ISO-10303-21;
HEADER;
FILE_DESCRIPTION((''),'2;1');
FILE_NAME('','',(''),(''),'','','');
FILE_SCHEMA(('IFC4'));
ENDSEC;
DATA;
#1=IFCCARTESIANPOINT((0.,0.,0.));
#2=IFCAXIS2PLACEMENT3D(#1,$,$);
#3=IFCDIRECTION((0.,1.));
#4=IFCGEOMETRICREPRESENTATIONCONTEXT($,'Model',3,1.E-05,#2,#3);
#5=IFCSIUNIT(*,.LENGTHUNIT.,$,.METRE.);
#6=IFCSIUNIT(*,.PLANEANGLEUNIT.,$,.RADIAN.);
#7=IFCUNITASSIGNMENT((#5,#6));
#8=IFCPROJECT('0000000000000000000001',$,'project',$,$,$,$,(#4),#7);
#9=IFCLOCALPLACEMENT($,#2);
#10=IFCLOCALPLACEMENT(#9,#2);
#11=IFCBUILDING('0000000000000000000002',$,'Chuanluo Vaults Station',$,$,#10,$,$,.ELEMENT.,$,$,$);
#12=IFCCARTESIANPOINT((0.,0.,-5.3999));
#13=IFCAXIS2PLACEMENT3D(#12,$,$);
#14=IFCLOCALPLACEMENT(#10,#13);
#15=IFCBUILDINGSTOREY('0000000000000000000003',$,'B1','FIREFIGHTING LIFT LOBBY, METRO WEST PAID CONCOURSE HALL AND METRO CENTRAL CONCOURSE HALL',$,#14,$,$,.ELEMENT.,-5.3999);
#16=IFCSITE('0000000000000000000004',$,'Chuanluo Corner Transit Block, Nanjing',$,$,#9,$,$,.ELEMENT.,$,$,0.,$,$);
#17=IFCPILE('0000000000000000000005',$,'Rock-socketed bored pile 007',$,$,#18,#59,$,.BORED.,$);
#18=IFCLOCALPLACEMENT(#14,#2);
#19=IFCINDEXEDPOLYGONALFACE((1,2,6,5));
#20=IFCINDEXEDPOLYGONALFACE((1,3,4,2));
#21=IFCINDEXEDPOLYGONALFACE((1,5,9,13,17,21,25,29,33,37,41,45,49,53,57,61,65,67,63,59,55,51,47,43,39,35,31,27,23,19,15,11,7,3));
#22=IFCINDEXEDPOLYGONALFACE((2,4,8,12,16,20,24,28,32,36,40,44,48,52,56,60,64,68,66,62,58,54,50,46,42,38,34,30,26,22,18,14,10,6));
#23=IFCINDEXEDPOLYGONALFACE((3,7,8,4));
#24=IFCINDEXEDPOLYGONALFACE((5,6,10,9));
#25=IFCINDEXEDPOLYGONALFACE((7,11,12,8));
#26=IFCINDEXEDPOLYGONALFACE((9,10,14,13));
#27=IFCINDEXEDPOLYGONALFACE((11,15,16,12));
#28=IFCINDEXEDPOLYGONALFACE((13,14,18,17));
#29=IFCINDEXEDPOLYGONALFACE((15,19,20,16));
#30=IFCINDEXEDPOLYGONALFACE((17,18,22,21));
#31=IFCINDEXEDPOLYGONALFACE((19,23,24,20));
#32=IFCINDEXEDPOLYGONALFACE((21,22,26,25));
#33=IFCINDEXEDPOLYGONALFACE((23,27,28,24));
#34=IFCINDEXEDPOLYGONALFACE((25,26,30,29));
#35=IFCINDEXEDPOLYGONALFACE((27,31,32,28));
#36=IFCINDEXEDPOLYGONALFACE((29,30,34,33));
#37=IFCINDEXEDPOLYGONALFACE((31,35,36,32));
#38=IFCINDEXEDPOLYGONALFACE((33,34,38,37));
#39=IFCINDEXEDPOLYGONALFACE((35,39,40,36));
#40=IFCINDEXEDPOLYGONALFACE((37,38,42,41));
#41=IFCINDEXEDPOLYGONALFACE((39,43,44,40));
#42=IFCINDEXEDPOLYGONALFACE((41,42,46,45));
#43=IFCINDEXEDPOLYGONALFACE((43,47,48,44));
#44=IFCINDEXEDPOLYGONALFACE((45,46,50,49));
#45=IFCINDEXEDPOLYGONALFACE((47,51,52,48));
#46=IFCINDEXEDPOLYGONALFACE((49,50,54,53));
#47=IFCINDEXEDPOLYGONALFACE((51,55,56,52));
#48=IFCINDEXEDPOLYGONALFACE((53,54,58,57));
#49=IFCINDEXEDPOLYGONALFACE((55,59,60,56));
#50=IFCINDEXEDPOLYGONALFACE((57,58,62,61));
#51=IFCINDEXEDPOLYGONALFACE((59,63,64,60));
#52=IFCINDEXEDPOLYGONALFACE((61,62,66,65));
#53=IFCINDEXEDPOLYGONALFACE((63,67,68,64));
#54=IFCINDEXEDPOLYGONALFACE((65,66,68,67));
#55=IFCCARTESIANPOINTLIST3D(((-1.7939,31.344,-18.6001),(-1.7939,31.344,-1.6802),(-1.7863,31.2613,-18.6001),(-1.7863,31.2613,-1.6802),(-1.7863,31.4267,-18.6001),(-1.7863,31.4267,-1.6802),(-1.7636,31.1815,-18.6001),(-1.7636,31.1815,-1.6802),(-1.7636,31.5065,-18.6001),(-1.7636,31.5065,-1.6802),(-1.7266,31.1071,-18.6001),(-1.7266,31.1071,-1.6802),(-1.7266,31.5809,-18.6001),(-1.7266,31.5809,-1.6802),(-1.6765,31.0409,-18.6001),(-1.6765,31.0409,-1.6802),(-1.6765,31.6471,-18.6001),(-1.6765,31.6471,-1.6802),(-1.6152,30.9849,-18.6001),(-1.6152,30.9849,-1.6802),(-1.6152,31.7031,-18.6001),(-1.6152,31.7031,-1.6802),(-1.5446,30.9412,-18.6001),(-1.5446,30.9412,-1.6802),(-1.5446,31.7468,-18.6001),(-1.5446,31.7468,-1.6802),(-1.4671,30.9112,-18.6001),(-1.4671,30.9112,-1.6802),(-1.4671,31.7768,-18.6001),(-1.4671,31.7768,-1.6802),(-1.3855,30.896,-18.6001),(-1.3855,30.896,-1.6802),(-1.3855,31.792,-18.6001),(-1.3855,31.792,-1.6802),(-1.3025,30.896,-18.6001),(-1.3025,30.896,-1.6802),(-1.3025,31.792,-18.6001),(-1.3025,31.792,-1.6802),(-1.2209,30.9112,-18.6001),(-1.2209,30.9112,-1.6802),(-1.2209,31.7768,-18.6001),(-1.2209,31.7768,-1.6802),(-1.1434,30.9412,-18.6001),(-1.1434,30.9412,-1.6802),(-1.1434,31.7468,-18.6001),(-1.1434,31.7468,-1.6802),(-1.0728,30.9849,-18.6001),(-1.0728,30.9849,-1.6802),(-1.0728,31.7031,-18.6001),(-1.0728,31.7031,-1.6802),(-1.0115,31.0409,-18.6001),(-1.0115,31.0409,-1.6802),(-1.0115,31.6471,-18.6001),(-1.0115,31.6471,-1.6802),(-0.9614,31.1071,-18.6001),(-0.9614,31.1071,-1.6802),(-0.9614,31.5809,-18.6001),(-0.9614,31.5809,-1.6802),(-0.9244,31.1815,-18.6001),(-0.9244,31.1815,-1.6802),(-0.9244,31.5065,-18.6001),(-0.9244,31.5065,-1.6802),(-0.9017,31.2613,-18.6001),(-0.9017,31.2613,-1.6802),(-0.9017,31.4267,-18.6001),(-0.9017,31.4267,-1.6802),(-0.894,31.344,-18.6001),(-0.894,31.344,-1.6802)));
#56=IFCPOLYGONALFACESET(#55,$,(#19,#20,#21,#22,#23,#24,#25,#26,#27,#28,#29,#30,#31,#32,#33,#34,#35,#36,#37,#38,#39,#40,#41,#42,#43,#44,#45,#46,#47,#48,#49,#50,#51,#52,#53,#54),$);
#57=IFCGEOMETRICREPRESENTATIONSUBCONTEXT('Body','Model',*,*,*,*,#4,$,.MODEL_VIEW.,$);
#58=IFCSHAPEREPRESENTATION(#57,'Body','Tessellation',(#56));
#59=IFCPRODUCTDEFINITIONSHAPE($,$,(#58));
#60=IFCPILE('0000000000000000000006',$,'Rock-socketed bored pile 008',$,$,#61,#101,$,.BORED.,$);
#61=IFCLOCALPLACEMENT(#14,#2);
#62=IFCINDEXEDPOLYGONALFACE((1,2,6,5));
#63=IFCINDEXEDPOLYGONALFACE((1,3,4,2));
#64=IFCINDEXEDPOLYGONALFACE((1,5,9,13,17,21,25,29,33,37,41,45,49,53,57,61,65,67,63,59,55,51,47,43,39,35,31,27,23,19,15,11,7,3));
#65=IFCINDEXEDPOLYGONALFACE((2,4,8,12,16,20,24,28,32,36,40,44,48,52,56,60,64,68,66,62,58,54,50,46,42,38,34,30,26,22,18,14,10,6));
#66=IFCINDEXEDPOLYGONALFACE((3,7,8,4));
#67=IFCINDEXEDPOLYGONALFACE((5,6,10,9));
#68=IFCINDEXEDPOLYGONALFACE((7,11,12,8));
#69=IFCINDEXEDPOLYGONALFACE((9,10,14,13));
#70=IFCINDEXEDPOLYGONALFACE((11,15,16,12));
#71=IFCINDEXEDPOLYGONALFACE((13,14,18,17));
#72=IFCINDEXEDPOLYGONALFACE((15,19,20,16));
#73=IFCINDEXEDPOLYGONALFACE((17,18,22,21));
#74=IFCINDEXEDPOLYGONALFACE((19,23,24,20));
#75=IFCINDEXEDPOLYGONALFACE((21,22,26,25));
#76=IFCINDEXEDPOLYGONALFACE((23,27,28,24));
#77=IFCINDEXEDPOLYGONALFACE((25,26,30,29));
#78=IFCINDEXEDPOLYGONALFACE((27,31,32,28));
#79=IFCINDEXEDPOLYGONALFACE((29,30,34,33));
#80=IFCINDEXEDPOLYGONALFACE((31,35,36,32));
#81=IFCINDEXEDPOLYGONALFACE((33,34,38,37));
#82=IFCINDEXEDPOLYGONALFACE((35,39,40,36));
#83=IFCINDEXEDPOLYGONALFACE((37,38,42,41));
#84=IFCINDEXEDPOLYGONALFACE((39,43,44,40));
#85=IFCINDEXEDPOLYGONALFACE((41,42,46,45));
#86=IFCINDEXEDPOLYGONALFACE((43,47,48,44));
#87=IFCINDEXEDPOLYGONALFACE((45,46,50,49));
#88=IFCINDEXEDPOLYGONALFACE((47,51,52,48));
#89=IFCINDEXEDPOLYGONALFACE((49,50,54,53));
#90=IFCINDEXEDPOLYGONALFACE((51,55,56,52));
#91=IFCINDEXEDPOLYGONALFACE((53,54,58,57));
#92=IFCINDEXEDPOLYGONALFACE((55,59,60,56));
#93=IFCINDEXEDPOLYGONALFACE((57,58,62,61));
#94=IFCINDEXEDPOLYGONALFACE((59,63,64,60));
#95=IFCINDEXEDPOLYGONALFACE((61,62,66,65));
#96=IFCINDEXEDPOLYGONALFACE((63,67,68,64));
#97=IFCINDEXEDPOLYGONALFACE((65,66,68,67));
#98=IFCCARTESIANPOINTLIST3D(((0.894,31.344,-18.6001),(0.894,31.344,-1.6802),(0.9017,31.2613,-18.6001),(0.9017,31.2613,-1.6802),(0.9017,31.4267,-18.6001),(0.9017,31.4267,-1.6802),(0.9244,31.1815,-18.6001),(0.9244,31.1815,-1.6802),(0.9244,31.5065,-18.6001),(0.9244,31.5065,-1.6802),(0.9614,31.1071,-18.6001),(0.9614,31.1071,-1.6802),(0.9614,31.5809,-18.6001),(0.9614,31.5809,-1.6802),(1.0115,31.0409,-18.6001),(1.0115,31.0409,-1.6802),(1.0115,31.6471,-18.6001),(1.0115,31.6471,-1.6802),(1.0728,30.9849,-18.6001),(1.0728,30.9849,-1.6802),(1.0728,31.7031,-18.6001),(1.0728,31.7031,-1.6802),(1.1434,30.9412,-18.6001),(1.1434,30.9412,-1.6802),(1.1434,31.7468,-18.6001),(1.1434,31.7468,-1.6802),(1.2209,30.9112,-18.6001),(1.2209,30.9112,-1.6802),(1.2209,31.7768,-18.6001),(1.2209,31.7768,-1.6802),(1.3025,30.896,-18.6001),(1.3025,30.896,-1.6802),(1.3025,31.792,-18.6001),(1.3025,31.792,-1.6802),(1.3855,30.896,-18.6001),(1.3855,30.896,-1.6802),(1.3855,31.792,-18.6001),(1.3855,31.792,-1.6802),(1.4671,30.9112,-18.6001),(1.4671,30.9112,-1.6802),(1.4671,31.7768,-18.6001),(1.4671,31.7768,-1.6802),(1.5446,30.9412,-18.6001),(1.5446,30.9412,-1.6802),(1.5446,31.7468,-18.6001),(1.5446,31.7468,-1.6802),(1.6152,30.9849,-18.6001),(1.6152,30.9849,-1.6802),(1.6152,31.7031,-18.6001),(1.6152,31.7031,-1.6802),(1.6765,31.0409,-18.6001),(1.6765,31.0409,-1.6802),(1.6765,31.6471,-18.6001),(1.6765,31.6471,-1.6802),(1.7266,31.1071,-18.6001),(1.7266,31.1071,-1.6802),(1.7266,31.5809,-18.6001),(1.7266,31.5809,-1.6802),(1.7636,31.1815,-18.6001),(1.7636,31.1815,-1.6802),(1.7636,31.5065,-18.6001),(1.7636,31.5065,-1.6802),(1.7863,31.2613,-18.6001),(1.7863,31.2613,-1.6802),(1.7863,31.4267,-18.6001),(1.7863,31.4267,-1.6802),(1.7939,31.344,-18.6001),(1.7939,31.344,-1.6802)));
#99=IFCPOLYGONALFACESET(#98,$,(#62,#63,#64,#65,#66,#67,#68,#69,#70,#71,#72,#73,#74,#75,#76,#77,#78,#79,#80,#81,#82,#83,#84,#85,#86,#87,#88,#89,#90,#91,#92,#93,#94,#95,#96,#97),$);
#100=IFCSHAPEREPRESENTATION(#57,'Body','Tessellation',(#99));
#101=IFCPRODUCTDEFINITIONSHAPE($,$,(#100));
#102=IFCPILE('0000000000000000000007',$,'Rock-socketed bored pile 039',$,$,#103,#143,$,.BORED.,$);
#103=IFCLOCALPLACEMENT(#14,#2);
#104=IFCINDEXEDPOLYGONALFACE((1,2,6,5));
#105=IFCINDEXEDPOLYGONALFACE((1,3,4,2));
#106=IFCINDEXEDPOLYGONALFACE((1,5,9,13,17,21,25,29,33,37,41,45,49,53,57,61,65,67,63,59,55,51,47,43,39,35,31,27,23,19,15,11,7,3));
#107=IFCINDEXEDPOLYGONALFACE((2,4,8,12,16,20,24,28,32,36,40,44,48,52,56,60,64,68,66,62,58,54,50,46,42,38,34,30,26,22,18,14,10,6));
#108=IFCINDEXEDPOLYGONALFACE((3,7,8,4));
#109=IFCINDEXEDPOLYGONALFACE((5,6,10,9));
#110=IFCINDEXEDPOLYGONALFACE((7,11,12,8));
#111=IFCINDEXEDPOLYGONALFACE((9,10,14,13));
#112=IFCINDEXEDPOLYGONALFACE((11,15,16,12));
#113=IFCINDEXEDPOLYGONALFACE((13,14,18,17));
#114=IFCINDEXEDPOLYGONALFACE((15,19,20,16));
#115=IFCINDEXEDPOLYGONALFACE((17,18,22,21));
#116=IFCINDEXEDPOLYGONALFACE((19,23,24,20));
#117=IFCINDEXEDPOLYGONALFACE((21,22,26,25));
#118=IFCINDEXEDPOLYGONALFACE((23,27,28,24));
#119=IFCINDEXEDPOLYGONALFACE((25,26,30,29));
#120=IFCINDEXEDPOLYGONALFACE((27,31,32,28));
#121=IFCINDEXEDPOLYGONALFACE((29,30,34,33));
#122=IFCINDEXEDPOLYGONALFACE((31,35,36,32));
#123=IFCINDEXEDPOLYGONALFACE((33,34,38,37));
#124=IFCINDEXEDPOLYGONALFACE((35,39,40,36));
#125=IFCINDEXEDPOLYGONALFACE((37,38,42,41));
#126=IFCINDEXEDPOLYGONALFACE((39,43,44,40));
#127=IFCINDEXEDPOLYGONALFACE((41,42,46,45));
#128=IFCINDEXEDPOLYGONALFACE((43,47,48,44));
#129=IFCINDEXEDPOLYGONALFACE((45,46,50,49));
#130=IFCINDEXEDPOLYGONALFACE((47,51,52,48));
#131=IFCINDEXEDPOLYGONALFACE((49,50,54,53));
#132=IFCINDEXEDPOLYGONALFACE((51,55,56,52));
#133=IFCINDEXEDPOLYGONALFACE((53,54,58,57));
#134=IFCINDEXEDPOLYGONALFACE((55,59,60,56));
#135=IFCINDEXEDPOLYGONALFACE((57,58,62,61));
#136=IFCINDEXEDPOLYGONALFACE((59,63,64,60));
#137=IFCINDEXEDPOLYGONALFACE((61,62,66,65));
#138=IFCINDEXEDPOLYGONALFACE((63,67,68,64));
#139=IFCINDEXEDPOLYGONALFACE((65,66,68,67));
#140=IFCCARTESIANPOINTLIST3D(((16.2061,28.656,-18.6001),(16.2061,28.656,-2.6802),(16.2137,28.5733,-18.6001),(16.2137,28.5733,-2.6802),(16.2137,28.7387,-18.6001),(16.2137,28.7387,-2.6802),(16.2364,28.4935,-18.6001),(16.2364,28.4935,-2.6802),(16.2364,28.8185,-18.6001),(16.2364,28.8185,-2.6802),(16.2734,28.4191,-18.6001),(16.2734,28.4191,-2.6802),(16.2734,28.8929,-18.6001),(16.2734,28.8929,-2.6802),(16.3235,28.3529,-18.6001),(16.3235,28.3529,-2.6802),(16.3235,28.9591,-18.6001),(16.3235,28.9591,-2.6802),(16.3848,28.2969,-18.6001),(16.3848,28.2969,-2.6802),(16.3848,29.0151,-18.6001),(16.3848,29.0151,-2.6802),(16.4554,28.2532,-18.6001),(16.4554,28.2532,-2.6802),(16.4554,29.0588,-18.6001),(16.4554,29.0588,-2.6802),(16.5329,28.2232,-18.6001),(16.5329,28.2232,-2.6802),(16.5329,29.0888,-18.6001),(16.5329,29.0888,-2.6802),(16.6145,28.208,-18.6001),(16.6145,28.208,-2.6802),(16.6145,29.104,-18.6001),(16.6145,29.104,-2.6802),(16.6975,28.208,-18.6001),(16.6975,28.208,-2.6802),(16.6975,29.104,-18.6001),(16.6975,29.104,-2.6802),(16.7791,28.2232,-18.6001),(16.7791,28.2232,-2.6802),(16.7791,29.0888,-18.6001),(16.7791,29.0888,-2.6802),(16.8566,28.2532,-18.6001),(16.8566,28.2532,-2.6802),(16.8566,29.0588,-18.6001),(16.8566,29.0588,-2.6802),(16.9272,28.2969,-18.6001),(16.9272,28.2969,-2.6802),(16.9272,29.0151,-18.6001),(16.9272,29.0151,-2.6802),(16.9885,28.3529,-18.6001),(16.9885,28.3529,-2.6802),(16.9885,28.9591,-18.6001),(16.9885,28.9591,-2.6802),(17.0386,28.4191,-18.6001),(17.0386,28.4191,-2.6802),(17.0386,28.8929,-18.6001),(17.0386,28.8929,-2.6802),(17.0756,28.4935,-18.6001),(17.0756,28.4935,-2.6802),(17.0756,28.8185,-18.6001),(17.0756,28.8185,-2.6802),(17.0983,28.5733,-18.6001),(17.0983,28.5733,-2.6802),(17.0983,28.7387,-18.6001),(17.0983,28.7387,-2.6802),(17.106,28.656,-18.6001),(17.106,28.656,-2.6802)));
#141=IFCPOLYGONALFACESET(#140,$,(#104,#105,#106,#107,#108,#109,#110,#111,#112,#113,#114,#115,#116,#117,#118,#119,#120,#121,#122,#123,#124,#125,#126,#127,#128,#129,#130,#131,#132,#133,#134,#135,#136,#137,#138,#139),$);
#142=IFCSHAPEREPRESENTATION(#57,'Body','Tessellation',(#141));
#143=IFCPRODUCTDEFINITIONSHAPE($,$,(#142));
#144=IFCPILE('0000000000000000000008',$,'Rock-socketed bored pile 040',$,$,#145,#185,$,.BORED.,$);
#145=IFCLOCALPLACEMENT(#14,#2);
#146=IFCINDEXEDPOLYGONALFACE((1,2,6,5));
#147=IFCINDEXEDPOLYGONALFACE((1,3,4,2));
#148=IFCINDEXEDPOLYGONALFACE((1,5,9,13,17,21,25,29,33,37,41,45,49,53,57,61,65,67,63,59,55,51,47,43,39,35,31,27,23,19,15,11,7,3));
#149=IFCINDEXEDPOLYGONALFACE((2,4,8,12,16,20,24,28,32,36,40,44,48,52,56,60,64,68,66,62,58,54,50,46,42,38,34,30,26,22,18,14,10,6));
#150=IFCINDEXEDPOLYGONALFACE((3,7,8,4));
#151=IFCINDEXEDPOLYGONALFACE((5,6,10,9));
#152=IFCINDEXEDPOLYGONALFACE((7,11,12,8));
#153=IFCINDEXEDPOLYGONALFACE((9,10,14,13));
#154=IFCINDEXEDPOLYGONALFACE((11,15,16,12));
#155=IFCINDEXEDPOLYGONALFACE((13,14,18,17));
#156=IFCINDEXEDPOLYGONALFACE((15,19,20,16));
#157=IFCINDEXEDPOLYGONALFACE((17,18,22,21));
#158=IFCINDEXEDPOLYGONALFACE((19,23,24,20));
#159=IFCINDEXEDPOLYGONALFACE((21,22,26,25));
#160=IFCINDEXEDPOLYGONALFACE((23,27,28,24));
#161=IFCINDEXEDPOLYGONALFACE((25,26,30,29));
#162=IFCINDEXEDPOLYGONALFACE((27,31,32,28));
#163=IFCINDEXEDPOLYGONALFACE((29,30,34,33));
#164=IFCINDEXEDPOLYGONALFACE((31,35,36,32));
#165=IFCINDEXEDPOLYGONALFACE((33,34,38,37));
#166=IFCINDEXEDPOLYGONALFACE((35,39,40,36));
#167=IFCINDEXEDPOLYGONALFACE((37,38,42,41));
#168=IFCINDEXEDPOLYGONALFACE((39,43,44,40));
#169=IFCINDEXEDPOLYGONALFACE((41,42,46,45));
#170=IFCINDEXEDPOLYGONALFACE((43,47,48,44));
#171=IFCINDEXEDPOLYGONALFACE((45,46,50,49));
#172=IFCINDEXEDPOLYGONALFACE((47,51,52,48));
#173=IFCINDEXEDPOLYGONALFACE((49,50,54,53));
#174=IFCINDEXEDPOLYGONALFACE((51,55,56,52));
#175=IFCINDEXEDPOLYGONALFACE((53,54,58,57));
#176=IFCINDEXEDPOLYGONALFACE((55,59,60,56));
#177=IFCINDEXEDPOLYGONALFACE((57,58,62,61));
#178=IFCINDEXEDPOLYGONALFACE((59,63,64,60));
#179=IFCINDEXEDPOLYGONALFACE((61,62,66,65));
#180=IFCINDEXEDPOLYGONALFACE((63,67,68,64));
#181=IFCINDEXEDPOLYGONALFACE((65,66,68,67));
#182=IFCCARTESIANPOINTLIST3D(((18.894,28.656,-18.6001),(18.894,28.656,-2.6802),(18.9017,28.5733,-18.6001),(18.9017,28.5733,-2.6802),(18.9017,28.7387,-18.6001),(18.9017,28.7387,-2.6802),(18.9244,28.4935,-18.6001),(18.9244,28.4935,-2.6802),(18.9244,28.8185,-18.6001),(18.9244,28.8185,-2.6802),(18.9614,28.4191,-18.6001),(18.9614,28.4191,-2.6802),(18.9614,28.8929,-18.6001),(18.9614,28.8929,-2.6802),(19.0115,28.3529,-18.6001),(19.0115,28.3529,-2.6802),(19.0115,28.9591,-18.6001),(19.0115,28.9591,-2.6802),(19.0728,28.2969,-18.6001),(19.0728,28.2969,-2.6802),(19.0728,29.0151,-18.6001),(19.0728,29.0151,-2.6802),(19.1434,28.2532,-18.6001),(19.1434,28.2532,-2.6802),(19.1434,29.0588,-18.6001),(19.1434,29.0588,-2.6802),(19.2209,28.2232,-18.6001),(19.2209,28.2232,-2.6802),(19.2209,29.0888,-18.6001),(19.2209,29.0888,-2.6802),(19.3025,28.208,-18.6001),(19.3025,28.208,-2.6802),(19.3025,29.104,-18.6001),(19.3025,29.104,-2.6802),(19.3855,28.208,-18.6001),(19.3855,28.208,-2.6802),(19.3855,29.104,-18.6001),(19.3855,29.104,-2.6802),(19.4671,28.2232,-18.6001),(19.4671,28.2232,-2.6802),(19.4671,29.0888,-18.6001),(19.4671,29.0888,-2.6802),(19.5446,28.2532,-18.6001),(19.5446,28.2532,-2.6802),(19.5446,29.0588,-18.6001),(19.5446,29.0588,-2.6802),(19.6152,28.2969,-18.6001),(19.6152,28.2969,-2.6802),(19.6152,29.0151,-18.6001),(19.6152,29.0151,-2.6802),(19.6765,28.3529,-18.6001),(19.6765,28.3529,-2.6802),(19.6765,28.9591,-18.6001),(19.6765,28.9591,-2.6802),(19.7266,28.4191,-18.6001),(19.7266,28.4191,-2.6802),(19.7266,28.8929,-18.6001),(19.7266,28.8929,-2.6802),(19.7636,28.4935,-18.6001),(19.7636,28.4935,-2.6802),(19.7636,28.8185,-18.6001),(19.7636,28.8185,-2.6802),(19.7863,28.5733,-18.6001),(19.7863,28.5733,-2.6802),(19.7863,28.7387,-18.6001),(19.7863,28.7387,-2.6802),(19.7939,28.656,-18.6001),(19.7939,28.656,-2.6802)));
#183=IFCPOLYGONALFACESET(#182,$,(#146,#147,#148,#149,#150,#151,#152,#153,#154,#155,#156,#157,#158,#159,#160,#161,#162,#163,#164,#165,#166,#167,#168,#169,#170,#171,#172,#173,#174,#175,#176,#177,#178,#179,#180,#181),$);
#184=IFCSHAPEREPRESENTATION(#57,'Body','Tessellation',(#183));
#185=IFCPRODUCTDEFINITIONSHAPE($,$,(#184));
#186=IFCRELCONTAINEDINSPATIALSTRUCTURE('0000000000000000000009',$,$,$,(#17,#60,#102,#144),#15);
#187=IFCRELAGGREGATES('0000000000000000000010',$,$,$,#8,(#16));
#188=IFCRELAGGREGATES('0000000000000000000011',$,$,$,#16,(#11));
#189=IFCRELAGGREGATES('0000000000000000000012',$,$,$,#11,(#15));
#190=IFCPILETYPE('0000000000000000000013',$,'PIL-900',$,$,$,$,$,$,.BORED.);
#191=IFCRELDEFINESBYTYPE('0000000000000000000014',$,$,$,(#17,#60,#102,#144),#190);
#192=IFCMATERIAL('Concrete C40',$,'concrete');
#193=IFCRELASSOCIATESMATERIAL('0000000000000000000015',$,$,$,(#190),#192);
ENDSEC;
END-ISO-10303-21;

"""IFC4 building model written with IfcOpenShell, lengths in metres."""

from ifc_helpers import new_model, si_unit, direction, frame, origin, origin_2d, place, context, subcontext, project, spatial, circle, extrude, material, material_profile, profile_set, type_object, element, save


model = new_model("IFC4")

# Units and contexts
model_context = context("Model", 3, precision=1e-05, world=origin(), true_north=direction((0.0, 1.0)))
body_context = subcontext(model_context, "Body", "Model", "MODEL_VIEW")
ifc_project = project(units=[si_unit("LENGTHUNIT", "METRE"), si_unit("PLANEANGLEUNIT", "RADIAN")], contexts=[model_context])

# Site, building, storey
site_placement = place(None, origin())
site = spatial("IfcSite", under=ifc_project, at=site_placement, Name="Chuanluo Corner Transit Block, Nanjing", CompositionType="ELEMENT", RefElevation=0.0)
building_placement = place(site_placement, origin())
building = spatial("IfcBuilding", under=site, at=building_placement, Name="Chuanluo Vaults Station", CompositionType="ELEMENT")
storey_placement = place(building_placement, frame((0.0, 0.0, -5.3999)))
storey = spatial("IfcBuildingStorey", under=building, at=storey_placement, Name="B1", Description="FIREFIGHTING LIFT LOBBY, METRO WEST PAID CONCOURSE HALL AND METRO CENTRAL CONCOURSE HALL", CompositionType="ELEMENT", Elevation=-5.3999)

# Piles
ifc_material_1 = material(Name="Concrete C40", Category="concrete")
ifc_material_profile_1 = material_profile(ifc_material_1, circle(Radius=0.45, at=origin_2d()))
ifc_profile_set_1 = profile_set([ifc_material_profile_1], Name="Concrete C40")
pile_type_1 = type_object("IfcPileType", Name="PIL-900", PredefinedType="BORED", material=ifc_profile_set_1)
for number, where, z_axis, x_axis, name in (
    (1, (-1.344, 31.344, -1.6802), (0.0, 0.0, -1.0), (1.0, 0.0, 0.0), "Rock-socketed bored pile 007"),
    (2, (1.344, 31.344, -1.6802), (0.0, 0.0, -1.0), (1.0, 0.0, 0.0), "Rock-socketed bored pile 008"),
):
    element("IfcPile", number, at=place(storey_placement, frame(where, z_axis=z_axis, x_axis=x_axis)), inside=storey, type_object=pile_type_1, Name=name, PredefinedType="BORED", context=body_context, shape_type="SweptSolid", body=[
        extrude(circle(Radius=0.45, at=origin_2d()), origin(), (0.0, 0.0, 1.0), 16.9199),
    ])
for number, where, z_axis, x_axis, name in (
    (3, (16.656, 28.656, -2.6802), (0.0, 0.0, -1.0), (1.0, 0.0, 0.0), "Rock-socketed bored pile 039"),
    (4, (19.344, 28.656, -2.6802), (0.0, 0.0, -1.0), (1.0, 0.0, 0.0), "Rock-socketed bored pile 040"),
):
    element("IfcPile", number, at=place(storey_placement, frame(where, z_axis=z_axis, x_axis=x_axis)), inside=storey, type_object=pile_type_1, Name=name, PredefinedType="BORED", context=body_context, shape_type="SweptSolid", body=[
        extrude(circle(Radius=0.45, at=origin_2d()), origin(), (0.0, 0.0, 1.0), 15.9199),
    ])

save(model, "model.ifc")
